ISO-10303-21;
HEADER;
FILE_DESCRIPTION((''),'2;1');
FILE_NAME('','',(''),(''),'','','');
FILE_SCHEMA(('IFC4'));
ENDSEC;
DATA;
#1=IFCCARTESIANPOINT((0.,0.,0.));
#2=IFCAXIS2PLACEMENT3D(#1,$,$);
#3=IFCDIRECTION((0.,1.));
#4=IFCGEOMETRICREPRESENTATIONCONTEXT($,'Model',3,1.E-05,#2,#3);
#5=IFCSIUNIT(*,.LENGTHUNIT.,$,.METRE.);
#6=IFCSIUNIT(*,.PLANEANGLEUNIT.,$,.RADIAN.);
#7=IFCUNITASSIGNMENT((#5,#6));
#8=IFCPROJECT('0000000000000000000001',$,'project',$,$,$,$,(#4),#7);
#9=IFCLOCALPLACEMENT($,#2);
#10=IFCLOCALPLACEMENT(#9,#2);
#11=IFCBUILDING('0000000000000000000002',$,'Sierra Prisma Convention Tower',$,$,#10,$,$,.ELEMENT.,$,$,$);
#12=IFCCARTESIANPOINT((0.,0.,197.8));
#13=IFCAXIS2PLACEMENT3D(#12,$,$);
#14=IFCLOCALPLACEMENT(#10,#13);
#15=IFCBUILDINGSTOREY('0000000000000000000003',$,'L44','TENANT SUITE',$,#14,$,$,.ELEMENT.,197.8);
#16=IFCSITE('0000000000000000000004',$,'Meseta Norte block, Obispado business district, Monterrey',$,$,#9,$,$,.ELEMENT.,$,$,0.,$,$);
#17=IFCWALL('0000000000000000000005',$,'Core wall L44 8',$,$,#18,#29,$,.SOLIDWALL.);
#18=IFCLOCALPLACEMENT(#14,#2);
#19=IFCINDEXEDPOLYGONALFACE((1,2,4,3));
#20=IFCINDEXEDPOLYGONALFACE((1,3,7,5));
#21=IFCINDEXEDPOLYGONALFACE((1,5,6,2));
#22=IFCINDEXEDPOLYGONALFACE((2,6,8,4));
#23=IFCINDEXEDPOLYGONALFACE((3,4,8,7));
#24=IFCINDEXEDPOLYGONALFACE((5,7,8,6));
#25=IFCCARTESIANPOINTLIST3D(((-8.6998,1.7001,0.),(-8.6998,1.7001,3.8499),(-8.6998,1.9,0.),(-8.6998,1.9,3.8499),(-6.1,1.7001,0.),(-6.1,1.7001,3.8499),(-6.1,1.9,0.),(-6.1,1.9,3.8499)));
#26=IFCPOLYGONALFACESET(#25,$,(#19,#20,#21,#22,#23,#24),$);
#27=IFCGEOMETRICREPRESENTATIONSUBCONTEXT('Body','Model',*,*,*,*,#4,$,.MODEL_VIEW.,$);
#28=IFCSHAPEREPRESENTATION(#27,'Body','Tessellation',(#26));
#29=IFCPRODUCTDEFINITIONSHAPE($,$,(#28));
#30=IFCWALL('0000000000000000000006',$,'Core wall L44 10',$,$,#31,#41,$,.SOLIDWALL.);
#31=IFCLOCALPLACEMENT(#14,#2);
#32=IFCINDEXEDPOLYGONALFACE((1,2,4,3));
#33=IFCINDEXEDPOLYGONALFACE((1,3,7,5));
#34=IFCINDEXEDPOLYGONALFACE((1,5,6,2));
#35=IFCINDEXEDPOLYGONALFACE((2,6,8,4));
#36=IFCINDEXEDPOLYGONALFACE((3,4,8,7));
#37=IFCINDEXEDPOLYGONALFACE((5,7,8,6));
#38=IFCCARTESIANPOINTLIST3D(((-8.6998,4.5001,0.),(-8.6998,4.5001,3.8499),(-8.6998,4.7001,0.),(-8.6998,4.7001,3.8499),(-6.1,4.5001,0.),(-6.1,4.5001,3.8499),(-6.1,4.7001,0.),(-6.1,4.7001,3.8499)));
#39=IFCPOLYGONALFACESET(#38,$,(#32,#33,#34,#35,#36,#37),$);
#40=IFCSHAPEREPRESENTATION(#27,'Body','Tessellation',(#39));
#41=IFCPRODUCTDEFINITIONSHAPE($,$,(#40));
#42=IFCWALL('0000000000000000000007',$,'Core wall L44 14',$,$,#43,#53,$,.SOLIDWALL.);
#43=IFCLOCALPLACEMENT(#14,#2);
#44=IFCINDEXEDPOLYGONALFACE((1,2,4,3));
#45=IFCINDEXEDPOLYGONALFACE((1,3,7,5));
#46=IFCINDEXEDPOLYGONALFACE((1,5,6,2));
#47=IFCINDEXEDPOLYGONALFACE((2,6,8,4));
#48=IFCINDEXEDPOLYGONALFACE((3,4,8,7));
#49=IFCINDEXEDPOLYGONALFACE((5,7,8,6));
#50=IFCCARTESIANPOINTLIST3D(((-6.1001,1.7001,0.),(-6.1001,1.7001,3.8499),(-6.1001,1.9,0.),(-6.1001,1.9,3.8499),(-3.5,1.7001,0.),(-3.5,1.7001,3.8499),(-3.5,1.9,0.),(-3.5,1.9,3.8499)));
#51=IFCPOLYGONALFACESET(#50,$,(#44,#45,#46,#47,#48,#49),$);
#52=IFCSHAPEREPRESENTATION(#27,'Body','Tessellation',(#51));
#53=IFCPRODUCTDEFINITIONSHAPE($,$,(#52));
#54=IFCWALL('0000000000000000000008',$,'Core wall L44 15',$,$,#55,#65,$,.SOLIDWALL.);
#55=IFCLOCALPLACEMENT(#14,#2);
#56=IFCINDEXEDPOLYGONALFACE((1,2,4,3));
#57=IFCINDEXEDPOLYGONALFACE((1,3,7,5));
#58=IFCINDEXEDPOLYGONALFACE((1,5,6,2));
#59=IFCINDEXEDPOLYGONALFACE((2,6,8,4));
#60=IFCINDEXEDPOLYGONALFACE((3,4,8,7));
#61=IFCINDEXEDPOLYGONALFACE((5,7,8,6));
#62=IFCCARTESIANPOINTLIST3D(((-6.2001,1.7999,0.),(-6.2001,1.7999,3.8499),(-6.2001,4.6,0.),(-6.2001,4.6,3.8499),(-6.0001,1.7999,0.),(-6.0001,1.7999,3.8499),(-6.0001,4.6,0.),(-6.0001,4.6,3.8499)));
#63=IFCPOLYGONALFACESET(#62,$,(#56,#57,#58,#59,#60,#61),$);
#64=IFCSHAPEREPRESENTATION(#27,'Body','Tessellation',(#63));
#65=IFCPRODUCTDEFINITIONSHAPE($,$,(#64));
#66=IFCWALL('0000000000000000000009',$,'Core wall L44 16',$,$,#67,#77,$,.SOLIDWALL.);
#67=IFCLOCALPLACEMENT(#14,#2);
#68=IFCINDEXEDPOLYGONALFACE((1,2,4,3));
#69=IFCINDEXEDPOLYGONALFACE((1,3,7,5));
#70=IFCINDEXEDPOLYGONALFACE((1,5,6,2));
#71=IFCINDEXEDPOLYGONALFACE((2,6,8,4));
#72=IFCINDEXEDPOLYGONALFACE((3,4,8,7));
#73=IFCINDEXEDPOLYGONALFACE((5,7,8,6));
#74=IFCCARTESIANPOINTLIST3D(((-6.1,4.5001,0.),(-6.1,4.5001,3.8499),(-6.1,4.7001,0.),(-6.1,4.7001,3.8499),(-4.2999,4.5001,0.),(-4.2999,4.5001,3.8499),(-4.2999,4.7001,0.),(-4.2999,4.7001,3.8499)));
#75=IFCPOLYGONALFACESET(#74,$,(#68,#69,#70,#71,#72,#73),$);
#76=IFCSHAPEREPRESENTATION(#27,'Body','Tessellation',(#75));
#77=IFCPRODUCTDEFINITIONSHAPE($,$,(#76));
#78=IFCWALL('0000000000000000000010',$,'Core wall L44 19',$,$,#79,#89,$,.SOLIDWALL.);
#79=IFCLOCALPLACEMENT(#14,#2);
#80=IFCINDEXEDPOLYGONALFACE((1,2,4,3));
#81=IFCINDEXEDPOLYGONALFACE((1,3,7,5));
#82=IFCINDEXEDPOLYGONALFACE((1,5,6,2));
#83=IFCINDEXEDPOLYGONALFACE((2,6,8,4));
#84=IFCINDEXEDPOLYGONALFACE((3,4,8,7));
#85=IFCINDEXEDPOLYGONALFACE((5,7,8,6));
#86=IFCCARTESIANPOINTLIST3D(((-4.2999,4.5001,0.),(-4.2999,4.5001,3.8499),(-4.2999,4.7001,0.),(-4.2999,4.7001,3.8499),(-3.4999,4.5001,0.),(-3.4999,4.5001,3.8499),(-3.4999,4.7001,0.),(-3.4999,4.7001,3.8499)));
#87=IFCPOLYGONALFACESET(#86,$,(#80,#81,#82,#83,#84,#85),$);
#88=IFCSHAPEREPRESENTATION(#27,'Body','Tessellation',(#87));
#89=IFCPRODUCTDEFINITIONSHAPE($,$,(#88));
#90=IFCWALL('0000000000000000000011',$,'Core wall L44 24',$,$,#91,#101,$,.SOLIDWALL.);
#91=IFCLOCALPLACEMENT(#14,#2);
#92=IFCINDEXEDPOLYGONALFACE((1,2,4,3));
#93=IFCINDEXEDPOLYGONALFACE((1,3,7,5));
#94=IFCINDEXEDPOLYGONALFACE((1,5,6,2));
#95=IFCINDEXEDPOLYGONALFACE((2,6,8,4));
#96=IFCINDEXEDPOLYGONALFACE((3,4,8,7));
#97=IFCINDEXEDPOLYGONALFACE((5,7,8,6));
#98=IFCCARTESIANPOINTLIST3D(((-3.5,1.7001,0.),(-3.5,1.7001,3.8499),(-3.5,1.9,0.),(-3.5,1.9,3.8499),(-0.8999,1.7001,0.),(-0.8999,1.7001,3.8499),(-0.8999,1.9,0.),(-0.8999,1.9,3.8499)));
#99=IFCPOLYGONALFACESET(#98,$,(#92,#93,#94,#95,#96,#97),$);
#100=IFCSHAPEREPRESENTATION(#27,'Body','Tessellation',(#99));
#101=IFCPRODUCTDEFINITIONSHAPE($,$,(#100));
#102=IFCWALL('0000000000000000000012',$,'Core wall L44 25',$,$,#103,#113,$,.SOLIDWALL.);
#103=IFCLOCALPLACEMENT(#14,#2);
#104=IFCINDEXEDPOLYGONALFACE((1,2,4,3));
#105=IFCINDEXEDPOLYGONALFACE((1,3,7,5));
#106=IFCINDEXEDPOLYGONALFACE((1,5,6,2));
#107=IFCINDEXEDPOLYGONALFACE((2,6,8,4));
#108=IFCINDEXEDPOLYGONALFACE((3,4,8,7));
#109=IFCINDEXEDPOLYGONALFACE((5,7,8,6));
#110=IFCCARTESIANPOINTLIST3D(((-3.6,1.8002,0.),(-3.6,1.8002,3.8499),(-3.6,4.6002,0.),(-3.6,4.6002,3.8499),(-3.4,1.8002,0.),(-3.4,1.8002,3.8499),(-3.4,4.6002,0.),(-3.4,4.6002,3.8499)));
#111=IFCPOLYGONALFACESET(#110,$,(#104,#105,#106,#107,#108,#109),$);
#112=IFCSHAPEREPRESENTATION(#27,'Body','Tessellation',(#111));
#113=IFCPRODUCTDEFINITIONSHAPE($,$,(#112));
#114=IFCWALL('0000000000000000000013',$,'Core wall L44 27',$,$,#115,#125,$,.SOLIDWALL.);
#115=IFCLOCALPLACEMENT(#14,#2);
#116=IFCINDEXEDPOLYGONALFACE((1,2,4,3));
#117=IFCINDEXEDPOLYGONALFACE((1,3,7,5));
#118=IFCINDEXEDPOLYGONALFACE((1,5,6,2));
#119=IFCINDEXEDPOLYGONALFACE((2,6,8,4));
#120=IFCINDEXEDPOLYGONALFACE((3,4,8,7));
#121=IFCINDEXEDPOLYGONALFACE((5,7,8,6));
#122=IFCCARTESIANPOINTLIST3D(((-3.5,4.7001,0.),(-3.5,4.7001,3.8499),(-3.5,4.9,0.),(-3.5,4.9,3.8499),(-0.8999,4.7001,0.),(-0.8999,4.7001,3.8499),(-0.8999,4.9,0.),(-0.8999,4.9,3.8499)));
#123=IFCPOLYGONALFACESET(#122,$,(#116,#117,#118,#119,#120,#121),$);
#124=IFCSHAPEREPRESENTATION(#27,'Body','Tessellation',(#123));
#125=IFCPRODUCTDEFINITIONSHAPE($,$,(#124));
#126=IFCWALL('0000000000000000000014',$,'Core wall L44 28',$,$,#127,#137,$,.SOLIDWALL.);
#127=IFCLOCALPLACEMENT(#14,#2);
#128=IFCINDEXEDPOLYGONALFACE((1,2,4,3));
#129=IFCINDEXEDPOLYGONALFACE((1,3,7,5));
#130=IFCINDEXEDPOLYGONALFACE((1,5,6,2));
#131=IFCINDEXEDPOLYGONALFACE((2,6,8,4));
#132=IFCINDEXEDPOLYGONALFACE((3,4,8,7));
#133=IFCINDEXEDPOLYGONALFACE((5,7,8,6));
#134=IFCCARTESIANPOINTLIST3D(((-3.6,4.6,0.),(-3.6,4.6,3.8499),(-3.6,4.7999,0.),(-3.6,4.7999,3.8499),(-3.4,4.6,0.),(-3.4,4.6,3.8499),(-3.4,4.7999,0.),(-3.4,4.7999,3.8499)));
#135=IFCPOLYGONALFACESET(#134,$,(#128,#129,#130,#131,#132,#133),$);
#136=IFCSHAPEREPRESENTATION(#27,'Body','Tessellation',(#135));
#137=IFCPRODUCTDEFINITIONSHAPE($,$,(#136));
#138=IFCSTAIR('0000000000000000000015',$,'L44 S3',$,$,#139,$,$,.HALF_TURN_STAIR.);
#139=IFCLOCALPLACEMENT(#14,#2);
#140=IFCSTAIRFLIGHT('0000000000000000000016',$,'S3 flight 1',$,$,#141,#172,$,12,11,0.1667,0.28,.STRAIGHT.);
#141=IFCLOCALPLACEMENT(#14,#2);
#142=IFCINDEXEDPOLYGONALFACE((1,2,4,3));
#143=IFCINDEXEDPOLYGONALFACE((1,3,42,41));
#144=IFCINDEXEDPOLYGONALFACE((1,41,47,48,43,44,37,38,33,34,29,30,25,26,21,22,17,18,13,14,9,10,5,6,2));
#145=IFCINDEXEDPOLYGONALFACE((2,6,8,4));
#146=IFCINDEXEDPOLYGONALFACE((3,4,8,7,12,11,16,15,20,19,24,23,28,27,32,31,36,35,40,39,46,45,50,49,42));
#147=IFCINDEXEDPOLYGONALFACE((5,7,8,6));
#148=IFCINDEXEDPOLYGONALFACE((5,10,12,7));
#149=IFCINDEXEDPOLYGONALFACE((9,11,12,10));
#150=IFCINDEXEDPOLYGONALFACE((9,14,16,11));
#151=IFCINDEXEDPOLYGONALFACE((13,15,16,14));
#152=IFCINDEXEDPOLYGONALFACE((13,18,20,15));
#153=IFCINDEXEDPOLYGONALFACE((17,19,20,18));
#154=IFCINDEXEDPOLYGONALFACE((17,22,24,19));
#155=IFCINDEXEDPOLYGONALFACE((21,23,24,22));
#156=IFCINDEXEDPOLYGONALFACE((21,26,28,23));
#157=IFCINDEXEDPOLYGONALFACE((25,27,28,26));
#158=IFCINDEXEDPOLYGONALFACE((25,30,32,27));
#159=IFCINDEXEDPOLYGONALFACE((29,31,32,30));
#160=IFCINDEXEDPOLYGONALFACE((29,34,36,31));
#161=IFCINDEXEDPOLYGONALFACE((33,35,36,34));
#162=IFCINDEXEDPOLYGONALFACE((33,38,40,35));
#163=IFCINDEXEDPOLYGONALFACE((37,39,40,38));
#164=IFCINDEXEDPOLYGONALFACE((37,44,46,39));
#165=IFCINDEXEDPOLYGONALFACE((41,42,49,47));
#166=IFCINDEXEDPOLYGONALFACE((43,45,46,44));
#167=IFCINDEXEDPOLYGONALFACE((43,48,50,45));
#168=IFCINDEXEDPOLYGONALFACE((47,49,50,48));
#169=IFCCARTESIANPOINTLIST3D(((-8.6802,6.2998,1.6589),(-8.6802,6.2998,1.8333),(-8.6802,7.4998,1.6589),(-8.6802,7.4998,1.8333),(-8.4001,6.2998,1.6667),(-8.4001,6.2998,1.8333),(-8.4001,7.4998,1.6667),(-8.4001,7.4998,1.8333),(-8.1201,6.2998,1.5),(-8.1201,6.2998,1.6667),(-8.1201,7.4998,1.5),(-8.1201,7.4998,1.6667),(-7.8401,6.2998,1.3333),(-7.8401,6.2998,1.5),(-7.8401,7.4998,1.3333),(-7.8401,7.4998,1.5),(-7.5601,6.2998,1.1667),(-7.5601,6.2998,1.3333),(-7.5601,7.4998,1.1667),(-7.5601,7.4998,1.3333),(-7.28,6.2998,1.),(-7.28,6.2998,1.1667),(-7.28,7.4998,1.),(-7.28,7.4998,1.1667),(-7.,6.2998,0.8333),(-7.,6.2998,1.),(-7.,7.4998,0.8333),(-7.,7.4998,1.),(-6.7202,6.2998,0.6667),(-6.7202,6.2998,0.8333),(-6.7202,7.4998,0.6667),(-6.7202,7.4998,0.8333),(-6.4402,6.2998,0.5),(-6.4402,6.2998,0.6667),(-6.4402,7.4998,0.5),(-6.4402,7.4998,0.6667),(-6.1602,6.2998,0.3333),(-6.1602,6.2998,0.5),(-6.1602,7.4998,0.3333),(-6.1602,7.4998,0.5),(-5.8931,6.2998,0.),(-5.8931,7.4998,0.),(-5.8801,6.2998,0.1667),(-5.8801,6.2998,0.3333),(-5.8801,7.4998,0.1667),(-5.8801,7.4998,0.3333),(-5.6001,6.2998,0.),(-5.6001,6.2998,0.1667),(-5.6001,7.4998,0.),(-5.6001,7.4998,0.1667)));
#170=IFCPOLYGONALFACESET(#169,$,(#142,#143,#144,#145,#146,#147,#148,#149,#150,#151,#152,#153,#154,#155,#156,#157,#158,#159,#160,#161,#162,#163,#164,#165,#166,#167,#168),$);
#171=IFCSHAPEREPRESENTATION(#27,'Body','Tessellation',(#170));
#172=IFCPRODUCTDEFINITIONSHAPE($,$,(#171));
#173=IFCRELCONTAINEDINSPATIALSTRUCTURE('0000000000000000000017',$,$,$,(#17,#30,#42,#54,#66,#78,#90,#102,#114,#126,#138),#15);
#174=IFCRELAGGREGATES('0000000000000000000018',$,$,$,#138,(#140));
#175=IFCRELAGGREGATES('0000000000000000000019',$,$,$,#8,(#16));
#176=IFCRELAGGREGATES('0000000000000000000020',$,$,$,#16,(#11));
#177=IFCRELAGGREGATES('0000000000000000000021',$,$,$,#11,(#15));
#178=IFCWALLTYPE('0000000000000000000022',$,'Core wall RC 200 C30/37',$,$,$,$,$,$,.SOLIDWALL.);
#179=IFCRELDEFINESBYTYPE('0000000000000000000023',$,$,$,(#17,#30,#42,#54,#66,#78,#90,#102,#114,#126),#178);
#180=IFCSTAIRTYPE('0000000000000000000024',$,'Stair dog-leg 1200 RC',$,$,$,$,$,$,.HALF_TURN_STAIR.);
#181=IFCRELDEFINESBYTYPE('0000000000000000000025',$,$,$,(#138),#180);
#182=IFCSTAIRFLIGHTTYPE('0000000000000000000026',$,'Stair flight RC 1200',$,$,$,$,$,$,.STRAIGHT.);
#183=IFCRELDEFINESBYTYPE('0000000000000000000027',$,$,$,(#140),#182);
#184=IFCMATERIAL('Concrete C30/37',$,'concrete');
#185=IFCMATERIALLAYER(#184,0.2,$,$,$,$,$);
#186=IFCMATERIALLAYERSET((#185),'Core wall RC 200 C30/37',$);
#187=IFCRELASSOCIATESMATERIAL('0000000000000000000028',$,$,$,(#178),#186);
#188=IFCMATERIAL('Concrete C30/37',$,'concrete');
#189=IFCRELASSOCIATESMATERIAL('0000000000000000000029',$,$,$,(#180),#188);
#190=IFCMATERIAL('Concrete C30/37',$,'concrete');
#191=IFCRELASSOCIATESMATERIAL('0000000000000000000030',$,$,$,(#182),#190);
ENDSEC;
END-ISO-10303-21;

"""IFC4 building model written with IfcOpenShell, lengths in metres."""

from ifc_helpers import new_model, si_unit, direction, frame, frame_2d, origin, place, context, subcontext, project, spatial, polyline, rectangle, outline, extrude, material, layer, layer_set, type_object, element, aggregate, save


model = new_model("IFC4")

# Units and contexts
model_context = context("Model", 3, precision=1e-05, world=origin(), true_north=direction((0.0, 1.0)))
body_context = subcontext(model_context, "Body", "Model", "MODEL_VIEW")
ifc_project = project(units=[si_unit("LENGTHUNIT", "METRE"), si_unit("PLANEANGLEUNIT", "RADIAN")], contexts=[model_context])

# Site, building, storey
site_placement = place(None, origin())
site = spatial("IfcSite", under=ifc_project, at=site_placement, Name="Meseta Norte block, Obispado business district, Monterrey", CompositionType="ELEMENT", RefElevation=0.0)
building_placement = place(site_placement, origin())
building = spatial("IfcBuilding", under=site, at=building_placement, Name="Sierra Prisma Convention Tower", CompositionType="ELEMENT")
storey_placement = place(building_placement, frame((0.0, 0.0, 197.8)))
storey = spatial("IfcBuildingStorey", under=building, at=storey_placement, Name="L44", Description="TENANT SUITE", CompositionType="ELEMENT", Elevation=197.8)

# Walls
ifc_material_1 = material(Name="Concrete C30/37", Category="concrete")
ifc_layer_1 = layer(ifc_material_1, 0.2)
ifc_layer_set_1 = layer_set([ifc_layer_1], Name="Core wall RC 200 C30/37")
wall_type = type_object("IfcWallType", Name="Core wall RC 200 C30/37", PredefinedType="SOLIDWALL", material=ifc_layer_set_1)
for number, where, z_axis, x_axis, name in (
    (1, (-6.1001, 1.8, 0.0), (0.0, 0.0, 1.0), (-1.0, 0.0, 0.0), "Core wall L44 8"),
    (2, (-6.1001, 4.6001, 0.0), (0.0, 0.0, 1.0), (-1.0, 0.0, 0.0), "Core wall L44 10"),
):
    element("IfcWall", number, at=place(storey_placement, frame(where, z_axis=z_axis, x_axis=x_axis)), inside=storey, type_object=wall_type, Name=name, PredefinedType="SOLIDWALL", context=body_context, shape_type="SweptSolid", body=[
        extrude(rectangle(XDim=2.5999, YDim=0.2, at=frame_2d((1.2998, 0.0))), origin(), (0.0, 0.0, 1.0), 3.8499),
    ])
wall_1_placement = place(storey_placement, frame((-3.5, 1.8, 0.0), z_axis=(0.0, 0.0, 1.0), x_axis=(-1.0, 0.0, 0.0)))
element("IfcWall", 3, at=wall_1_placement, inside=storey, type_object=wall_type, Name="Core wall L44 14", PredefinedType="SOLIDWALL", context=body_context, shape_type="SweptSolid", body=[
    extrude(rectangle(XDim=2.6001, YDim=0.2, at=frame_2d((1.3, 0.0))), origin(), (0.0, 0.0, 1.0), 3.8499),
])
wall_2_placement = place(storey_placement, frame((-6.1001, 1.8, 0.0), z_axis=(0.0, 0.0, 1.0), x_axis=(0.0, 1.0, 0.0)))
element("IfcWall", 4, at=wall_2_placement, inside=storey, type_object=wall_type, Name="Core wall L44 15", PredefinedType="SOLIDWALL", context=body_context, shape_type="SweptSolid", body=[
    extrude(rectangle(XDim=2.8, YDim=0.2, at=frame_2d((1.3999, 0.0))), origin(), (0.0, 0.0, 1.0), 3.8499),
])
wall_3_placement = place(storey_placement, frame((-4.3, 4.6001, 0.0), z_axis=(0.0, 0.0, 1.0), x_axis=(-1.0, 0.0, 0.0)))
element("IfcWall", 5, at=wall_3_placement, inside=storey, type_object=wall_type, Name="Core wall L44 16", PredefinedType="SOLIDWALL", context=body_context, shape_type="SweptSolid", body=[
    extrude(rectangle(XDim=1.8, YDim=0.2, at=frame_2d((0.8999, 0.0))), origin(), (0.0, 0.0, 1.0), 3.8499),
])
wall_4_placement = place(storey_placement, frame((-3.5, 4.6001, 0.0), z_axis=(0.0, 0.0, 1.0), x_axis=(-1.0, 0.0, 0.0)))
element("IfcWall", 6, at=wall_4_placement, inside=storey, type_object=wall_type, Name="Core wall L44 19", PredefinedType="SOLIDWALL", context=body_context, shape_type="SweptSolid", body=[
    extrude(rectangle(XDim=0.8, YDim=0.2, at=frame_2d((0.3999, 0.0))), origin(), (0.0, 0.0, 1.0), 3.8499),
])

# Walls
wall_5_placement = place(storey_placement, frame((-0.8999, 1.8, 0.0), z_axis=(0.0, 0.0, 1.0), x_axis=(-1.0, 0.0, 0.0)))
element("IfcWall", 7, at=wall_5_placement, inside=storey, type_object=wall_type, Name="Core wall L44 24", PredefinedType="SOLIDWALL", context=body_context, shape_type="SweptSolid", body=[
    extrude(rectangle(XDim=2.6001, YDim=0.2, at=frame_2d((1.3, 0.0))), origin(), (0.0, 0.0, 1.0), 3.8499),
])
wall_6_placement = place(storey_placement, frame((-3.5, 4.6001, 0.0), z_axis=(0.0, 0.0, 1.0), x_axis=(0.0, -1.0, 0.0)))
element("IfcWall", 8, at=wall_6_placement, inside=storey, type_object=wall_type, Name="Core wall L44 25", PredefinedType="SOLIDWALL", context=body_context, shape_type="SweptSolid", body=[
    extrude(rectangle(XDim=2.8, YDim=0.2, at=frame_2d((1.3999, 0.0))), origin(), (0.0, 0.0, 1.0), 3.8499),
])

# Walls
wall_7_placement = place(storey_placement, frame((-0.8999, 4.8, 0.0), z_axis=(0.0, 0.0, 1.0), x_axis=(-1.0, 0.0, 0.0)))
element("IfcWall", 9, at=wall_7_placement, inside=storey, type_object=wall_type, Name="Core wall L44 27", PredefinedType="SOLIDWALL", context=body_context, shape_type="SweptSolid", body=[
    extrude(rectangle(XDim=2.6001, YDim=0.2, at=frame_2d((1.3, 0.0))), origin(), (0.0, 0.0, 1.0), 3.8499),
])
wall_8_placement = place(storey_placement, frame((-3.5, 4.8, 0.0), z_axis=(0.0, 0.0, 1.0), x_axis=(0.0, -1.0, 0.0)))
element("IfcWall", 10, at=wall_8_placement, inside=storey, type_object=wall_type, Name="Core wall L44 28", PredefinedType="SOLIDWALL", context=body_context, shape_type="SweptSolid", body=[
    extrude(rectangle(XDim=0.2, YDim=0.2, at=frame_2d((0.1001, 0.0))), origin(), (0.0, 0.0, 1.0), 3.8499),
])

# Stair, stair flight
ifc_material_2 = material(Name="Concrete C30/37", Category="concrete")
stair_type = type_object("IfcStairType", Name="Stair dog-leg 1200 RC", PredefinedType="HALF_TURN_STAIR", material=ifc_material_2)
stair_placement = place(storey_placement, origin())
stair = element("IfcStair", 11, at=stair_placement, inside=storey, type_object=stair_type, Name="L44 S3", PredefinedType="HALF_TURN_STAIR")
ifc_material_3 = material(Name="Concrete C30/37", Category="concrete")
stair_flight_type = type_object("IfcStairFlightType", Name="Stair flight RC 1200", PredefinedType="STRAIGHT", material=ifc_material_3)
stair_flight_1_placement = place(storey_placement, frame((-5.6001, 6.8999, 0.0), z_axis=(0.0, 0.0, 1.0), x_axis=(-1.0, 0.0, 0.0)))
stair_flight_1 = element("IfcStairFlight", 12, at=stair_flight_1_placement, type_object=stair_flight_type, Name="S3 flight 1", NumberOfRisers=12, NumberOfTreads=11, PredefinedType="STRAIGHT", RiserHeight=0.1667, TreadLength=0.28, context=body_context, shape_type="SweptSolid", body=[
    extrude(outline(polyline([(0.0, 0.0), (0.0, 0.1667), (0.28, 0.1667), (0.28, 0.3333), (0.5601, 0.3333), (0.5601, 0.5), (0.8401, 0.5), (0.8401, 0.6667), (1.1201, 0.6667), (1.1201, 0.8333), (1.3999, 0.8333), (1.3999, 1.0), (1.6799, 1.0), (1.6799, 1.1667), (1.96, 1.1667), (1.96, 1.3333), (2.24, 1.3333), (2.24, 1.5), (2.52, 1.5), (2.52, 1.6667), (2.8, 1.6667), (2.8, 1.8333), (3.0801, 1.8333), (3.0801, 2.0), (3.0801, 1.6589), (0.293, 0.0), (0.0, 0.0)])), frame((0.0, 0.6001, 0.0), z_axis=(0.0, -1.0, 0.0), x_axis=(1.0, 0.0, 0.0)), (0.0, 0.0, 1.0), 1.2),
])
aggregate(stair, [stair_flight_1])

save(model, "model.ifc")
